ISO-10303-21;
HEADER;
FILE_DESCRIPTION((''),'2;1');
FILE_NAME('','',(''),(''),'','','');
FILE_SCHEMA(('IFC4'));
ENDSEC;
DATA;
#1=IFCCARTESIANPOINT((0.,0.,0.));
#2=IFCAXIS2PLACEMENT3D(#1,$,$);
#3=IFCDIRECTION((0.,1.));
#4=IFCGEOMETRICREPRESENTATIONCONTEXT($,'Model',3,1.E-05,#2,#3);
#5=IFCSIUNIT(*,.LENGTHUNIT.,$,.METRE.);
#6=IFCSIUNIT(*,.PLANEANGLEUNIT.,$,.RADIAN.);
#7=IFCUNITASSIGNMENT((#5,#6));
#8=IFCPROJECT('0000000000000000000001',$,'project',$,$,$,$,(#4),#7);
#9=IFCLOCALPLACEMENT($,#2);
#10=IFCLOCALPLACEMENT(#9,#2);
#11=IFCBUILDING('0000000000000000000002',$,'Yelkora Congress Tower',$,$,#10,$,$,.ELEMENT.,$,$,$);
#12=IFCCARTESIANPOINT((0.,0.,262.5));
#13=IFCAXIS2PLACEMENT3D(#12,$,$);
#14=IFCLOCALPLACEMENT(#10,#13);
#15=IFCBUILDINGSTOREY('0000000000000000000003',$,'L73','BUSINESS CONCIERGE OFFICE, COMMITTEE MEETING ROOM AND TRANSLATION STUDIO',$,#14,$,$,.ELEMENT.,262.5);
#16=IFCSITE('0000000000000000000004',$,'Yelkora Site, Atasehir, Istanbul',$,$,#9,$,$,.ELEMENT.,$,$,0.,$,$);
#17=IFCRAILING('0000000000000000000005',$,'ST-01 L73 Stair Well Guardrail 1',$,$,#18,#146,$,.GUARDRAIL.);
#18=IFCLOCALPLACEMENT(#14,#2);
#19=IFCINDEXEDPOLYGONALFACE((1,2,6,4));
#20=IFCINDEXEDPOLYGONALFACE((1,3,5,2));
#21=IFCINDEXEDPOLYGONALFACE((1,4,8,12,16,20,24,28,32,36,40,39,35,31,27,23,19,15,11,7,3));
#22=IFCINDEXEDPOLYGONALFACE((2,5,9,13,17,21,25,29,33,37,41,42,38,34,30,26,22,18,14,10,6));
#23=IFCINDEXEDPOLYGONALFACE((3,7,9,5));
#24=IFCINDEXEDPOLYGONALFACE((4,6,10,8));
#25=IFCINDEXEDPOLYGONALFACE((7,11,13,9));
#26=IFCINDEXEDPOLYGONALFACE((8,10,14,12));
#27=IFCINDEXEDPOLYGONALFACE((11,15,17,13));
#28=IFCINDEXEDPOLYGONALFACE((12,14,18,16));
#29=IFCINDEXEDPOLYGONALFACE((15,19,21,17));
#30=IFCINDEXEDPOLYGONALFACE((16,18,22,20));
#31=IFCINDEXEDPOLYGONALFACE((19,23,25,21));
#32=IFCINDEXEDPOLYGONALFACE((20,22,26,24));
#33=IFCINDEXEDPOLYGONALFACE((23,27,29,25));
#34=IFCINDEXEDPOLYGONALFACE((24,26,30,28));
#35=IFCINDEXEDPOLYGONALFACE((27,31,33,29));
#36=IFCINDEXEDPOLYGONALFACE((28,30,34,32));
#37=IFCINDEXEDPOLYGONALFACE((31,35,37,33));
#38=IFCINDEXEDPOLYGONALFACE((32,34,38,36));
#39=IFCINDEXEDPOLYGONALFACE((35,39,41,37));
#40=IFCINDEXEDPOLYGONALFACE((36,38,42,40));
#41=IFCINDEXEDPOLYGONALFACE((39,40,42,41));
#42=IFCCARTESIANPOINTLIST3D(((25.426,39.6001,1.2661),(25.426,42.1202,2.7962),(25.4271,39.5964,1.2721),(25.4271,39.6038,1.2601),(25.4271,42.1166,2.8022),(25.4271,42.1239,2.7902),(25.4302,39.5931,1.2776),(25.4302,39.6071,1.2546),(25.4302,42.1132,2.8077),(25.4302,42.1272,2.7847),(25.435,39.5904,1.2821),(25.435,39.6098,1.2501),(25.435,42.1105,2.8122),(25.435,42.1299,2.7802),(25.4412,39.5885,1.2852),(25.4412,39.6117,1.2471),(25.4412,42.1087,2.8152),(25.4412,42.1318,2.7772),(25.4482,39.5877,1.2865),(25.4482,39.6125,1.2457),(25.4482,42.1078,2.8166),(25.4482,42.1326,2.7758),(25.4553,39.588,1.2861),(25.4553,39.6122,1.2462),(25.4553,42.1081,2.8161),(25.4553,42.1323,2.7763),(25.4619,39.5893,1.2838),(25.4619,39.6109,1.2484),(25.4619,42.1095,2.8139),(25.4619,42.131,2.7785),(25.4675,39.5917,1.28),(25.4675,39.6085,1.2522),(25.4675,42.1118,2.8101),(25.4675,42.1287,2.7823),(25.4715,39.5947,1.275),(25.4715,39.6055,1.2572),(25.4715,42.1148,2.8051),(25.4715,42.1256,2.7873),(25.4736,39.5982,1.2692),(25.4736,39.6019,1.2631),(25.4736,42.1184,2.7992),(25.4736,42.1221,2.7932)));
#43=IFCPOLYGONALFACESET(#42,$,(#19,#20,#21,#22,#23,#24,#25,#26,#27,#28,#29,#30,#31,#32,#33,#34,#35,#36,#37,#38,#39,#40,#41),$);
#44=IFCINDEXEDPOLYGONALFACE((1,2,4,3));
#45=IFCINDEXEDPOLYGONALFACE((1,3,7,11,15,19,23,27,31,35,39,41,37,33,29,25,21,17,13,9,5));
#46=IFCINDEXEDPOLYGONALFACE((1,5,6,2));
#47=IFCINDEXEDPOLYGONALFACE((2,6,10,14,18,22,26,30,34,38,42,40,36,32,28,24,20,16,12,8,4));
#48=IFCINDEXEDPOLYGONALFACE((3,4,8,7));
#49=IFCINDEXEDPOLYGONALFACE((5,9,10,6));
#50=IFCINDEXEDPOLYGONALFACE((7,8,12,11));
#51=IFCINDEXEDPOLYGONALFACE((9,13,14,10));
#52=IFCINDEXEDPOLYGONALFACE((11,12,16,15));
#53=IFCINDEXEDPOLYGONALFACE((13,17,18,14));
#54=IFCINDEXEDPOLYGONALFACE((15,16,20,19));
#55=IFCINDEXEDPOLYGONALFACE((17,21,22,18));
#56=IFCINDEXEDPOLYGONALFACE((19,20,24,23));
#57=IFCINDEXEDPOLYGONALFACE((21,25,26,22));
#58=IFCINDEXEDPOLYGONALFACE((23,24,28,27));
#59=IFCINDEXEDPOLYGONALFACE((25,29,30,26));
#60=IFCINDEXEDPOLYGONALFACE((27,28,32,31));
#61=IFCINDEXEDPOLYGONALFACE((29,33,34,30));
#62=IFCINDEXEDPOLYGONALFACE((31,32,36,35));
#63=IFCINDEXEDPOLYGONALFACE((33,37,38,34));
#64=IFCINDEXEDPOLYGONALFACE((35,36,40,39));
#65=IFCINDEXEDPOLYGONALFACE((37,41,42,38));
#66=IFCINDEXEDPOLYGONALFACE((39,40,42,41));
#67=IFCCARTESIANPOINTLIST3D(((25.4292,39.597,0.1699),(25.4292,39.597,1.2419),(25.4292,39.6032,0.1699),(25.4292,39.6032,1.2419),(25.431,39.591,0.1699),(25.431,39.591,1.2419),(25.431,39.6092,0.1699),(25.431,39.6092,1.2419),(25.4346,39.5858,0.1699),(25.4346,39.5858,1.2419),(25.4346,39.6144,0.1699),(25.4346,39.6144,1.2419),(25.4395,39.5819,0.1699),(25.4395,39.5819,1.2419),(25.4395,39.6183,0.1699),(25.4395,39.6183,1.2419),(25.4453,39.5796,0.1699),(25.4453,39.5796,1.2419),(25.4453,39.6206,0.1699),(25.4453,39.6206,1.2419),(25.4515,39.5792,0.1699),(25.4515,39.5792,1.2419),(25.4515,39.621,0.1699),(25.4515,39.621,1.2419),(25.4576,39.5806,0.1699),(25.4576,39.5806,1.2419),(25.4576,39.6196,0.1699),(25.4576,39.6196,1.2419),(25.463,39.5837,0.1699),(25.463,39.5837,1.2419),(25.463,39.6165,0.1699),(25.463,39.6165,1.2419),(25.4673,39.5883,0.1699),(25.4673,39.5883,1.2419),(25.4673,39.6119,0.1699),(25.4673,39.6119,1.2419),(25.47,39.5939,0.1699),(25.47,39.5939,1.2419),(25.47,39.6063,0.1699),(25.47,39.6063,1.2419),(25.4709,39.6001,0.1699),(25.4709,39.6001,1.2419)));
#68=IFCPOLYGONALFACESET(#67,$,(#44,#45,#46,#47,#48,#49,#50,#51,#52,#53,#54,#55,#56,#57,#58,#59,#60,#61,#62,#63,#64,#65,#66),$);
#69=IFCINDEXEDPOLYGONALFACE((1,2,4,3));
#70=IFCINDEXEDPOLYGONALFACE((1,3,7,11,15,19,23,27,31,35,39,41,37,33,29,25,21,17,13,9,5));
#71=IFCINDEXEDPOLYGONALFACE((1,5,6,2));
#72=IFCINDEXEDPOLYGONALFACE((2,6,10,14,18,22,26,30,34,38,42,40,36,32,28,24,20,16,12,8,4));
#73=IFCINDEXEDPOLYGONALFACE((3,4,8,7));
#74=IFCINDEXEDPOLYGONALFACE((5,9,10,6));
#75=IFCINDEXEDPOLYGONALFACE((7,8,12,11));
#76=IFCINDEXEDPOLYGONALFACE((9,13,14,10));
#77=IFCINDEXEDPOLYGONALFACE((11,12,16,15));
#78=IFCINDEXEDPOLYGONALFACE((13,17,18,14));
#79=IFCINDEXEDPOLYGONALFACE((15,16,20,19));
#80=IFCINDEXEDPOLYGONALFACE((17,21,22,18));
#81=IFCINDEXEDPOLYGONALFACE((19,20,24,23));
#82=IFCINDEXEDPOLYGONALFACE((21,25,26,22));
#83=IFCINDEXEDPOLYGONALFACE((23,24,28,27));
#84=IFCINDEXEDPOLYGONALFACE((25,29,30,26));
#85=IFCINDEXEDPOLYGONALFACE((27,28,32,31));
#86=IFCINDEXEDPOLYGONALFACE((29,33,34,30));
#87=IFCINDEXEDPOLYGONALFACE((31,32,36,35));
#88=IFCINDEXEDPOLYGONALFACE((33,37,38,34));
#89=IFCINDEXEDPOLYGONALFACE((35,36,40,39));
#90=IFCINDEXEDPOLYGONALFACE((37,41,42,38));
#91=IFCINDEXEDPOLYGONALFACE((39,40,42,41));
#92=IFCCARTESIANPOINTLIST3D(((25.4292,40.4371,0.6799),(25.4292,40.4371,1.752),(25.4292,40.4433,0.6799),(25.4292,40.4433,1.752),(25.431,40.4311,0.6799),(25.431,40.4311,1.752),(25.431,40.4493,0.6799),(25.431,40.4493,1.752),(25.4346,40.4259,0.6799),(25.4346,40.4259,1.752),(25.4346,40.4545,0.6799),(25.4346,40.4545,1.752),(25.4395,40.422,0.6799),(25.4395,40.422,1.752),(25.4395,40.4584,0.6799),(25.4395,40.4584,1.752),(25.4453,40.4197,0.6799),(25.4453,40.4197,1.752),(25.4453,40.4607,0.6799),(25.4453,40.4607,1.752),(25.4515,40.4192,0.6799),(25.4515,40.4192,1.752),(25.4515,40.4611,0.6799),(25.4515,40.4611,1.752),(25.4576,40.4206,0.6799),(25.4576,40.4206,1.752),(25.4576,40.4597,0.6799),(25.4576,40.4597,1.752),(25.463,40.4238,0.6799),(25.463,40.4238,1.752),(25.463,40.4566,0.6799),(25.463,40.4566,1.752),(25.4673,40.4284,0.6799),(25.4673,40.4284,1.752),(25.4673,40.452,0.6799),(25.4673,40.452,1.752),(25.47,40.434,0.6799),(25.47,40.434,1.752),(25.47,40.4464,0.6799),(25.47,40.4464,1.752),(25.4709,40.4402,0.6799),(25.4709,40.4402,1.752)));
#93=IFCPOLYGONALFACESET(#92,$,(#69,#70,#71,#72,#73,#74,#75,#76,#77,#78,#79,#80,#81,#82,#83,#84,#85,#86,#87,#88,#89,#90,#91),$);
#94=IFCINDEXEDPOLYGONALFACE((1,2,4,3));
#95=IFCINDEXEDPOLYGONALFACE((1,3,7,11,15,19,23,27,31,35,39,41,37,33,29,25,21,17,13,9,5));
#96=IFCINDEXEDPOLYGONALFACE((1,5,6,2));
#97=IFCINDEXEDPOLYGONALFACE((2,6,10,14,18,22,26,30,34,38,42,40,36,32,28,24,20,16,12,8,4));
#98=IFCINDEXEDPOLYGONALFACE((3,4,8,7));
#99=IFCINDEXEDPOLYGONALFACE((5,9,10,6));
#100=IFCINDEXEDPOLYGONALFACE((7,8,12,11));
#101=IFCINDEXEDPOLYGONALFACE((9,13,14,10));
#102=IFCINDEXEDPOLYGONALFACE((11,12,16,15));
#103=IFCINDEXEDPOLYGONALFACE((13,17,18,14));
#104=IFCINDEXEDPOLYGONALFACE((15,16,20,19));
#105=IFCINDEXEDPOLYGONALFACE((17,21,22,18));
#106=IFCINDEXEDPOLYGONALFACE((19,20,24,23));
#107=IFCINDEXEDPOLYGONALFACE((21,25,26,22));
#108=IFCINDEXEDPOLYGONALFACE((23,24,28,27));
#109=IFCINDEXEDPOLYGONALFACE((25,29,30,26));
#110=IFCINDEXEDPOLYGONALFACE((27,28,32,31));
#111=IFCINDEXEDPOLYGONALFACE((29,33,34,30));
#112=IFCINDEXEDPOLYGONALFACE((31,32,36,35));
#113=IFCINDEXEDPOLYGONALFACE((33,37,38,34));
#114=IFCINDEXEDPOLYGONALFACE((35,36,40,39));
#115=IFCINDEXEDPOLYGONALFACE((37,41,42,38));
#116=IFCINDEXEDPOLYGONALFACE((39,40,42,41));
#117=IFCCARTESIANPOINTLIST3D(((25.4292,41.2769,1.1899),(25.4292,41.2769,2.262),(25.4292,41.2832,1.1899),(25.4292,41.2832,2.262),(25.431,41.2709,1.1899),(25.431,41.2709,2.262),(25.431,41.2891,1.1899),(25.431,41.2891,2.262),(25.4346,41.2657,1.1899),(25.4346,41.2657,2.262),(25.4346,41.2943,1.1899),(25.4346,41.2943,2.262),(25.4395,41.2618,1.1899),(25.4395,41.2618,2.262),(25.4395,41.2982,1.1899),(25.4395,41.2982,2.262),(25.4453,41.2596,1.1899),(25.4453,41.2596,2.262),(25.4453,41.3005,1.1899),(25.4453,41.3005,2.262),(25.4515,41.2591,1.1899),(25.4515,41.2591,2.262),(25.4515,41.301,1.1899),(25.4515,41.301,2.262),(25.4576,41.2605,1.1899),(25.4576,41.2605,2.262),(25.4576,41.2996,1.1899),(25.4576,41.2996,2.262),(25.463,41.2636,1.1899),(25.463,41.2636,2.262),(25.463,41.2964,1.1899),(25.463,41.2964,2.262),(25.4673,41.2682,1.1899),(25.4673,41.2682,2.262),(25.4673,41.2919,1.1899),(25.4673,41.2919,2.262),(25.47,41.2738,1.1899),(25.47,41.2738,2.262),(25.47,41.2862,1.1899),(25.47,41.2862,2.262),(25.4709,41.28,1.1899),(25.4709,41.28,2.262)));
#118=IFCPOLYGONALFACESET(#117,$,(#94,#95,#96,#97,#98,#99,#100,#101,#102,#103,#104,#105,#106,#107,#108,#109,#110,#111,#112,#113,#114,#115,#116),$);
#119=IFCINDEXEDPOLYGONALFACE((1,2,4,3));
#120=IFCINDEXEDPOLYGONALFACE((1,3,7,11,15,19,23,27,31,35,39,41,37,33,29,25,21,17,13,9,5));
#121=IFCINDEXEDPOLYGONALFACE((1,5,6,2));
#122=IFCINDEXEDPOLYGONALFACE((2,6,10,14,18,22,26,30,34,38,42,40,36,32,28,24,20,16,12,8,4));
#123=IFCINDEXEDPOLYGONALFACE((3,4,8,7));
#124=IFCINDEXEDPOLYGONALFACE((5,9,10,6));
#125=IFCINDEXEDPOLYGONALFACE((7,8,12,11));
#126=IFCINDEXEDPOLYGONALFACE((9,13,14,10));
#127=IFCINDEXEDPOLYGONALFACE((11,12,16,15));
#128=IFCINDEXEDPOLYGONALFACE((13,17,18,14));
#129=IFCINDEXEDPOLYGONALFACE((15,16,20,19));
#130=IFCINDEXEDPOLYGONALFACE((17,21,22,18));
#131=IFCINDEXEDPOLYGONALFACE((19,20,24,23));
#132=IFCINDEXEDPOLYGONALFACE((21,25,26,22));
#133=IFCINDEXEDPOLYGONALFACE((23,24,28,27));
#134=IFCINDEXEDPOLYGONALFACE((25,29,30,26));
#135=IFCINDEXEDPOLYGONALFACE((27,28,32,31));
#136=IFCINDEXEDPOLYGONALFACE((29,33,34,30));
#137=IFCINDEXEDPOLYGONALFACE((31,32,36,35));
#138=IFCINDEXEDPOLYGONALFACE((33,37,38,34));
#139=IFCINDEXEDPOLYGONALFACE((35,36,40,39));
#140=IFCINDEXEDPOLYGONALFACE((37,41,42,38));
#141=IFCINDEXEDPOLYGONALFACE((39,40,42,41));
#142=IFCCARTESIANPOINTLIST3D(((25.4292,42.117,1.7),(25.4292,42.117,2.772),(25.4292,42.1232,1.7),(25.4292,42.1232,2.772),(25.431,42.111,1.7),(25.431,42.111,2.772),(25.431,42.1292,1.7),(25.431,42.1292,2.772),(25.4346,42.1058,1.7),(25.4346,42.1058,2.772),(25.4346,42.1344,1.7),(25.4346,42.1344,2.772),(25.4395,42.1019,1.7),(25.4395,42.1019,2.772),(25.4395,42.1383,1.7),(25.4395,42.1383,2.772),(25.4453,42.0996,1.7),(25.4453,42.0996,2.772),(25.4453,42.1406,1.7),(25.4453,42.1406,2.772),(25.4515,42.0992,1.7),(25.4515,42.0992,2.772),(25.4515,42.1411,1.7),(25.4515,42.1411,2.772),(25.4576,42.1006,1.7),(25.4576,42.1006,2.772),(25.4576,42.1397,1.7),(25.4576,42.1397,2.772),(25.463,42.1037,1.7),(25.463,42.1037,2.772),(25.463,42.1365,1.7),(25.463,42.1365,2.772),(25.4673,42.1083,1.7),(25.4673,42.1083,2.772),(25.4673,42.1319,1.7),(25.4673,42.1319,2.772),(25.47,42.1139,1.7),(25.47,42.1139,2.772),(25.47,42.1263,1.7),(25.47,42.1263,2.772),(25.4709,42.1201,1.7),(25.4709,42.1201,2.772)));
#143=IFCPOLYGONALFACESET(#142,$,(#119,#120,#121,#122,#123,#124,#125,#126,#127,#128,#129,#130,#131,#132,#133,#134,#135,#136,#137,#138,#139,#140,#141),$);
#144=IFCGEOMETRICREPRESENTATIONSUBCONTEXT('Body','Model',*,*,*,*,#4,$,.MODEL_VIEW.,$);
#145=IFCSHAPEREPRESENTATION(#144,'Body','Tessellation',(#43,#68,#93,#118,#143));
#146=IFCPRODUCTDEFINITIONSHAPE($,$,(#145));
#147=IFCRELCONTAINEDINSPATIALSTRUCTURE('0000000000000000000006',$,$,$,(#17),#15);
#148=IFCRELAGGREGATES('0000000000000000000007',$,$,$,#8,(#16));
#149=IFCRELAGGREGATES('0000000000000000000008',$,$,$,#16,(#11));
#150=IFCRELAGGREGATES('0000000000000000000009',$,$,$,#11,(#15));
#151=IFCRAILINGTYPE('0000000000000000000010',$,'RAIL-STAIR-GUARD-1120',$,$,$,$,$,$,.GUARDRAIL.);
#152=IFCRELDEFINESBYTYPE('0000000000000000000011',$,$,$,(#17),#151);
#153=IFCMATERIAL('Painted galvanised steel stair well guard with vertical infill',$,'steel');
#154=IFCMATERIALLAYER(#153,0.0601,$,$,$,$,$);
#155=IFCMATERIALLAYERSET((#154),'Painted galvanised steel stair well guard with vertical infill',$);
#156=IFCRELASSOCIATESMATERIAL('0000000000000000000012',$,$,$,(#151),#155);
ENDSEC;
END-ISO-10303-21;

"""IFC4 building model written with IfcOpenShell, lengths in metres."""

from ifc_helpers import new_model, si_unit, direction, frame, origin, origin_2d, place, context, subcontext, project, spatial, circle, extrude, material, layer, layer_set, type_object, element, save


model = new_model("IFC4")

# Units and contexts
model_context = context("Model", 3, precision=1e-05, world=origin(), true_north=direction((0.0, 1.0)))
body_context = subcontext(model_context, "Body", "Model", "MODEL_VIEW")
ifc_project = project(units=[si_unit("LENGTHUNIT", "METRE"), si_unit("PLANEANGLEUNIT", "RADIAN")], contexts=[model_context])

# Site, building, storey
site_placement = place(None, origin())
site = spatial("IfcSite", under=ifc_project, at=site_placement, Name="Yelkora Site, Atasehir, Istanbul", CompositionType="ELEMENT", RefElevation=0.0)
building_placement = place(site_placement, origin())
building = spatial("IfcBuilding", under=site, at=building_placement, Name="Yelkora Congress Tower", CompositionType="ELEMENT")
storey_placement = place(building_placement, frame((0.0, 0.0, 262.5)))
storey = spatial("IfcBuildingStorey", under=building, at=storey_placement, Name="L73", Description="BUSINESS CONCIERGE OFFICE, COMMITTEE MEETING ROOM AND TRANSLATION STUDIO", CompositionType="ELEMENT", Elevation=262.5)

# Railing
ifc_material_1 = material(Name="Painted galvanised steel stair well guard with vertical infill", Category="steel")
ifc_layer_1 = layer(ifc_material_1, 0.0601)
ifc_layer_set_1 = layer_set([ifc_layer_1], Name="Painted galvanised steel stair well guard with vertical infill")
railing_type_1 = type_object("IfcRailingType", Name="RAIL-STAIR-GUARD-1120", PredefinedType="GUARDRAIL", material=ifc_layer_set_1)
railing_1_placement = place(storey_placement, frame((25.45, 39.6001, 0.1699)))
element("IfcRailing", 1, at=railing_1_placement, inside=storey, type_object=railing_type_1, Name="ST-01 L73 Stair Well Guardrail 1", PredefinedType="GUARDRAIL", context=body_context, shape_type="SweptSolid", body=[
    extrude(circle(Radius=0.0239, at=origin_2d()), frame((0.0, 0.0, 1.0962), z_axis=(0.0, 0.854785, 0.518982), x_axis=(-1.0, 0.0, 0.0)), (0.0, 0.0, 1.0), 2.9482),
    extrude(circle(Radius=0.021, at=origin_2d()), origin(), (0.0, 0.0, 1.0), 1.072),
    extrude(circle(Radius=0.021, at=origin_2d()), frame((0.0, 0.8401, 0.51)), (0.0, 0.0, 1.0), 1.072),
    extrude(circle(Radius=0.021, at=origin_2d()), frame((0.0, 1.6799, 1.02)), (0.0, 0.0, 1.0), 1.072),
    extrude(circle(Radius=0.021, at=origin_2d()), frame((0.0, 2.52, 1.53)), (0.0, 0.0, 1.0), 1.072),
])

save(model, "model.ifc")
